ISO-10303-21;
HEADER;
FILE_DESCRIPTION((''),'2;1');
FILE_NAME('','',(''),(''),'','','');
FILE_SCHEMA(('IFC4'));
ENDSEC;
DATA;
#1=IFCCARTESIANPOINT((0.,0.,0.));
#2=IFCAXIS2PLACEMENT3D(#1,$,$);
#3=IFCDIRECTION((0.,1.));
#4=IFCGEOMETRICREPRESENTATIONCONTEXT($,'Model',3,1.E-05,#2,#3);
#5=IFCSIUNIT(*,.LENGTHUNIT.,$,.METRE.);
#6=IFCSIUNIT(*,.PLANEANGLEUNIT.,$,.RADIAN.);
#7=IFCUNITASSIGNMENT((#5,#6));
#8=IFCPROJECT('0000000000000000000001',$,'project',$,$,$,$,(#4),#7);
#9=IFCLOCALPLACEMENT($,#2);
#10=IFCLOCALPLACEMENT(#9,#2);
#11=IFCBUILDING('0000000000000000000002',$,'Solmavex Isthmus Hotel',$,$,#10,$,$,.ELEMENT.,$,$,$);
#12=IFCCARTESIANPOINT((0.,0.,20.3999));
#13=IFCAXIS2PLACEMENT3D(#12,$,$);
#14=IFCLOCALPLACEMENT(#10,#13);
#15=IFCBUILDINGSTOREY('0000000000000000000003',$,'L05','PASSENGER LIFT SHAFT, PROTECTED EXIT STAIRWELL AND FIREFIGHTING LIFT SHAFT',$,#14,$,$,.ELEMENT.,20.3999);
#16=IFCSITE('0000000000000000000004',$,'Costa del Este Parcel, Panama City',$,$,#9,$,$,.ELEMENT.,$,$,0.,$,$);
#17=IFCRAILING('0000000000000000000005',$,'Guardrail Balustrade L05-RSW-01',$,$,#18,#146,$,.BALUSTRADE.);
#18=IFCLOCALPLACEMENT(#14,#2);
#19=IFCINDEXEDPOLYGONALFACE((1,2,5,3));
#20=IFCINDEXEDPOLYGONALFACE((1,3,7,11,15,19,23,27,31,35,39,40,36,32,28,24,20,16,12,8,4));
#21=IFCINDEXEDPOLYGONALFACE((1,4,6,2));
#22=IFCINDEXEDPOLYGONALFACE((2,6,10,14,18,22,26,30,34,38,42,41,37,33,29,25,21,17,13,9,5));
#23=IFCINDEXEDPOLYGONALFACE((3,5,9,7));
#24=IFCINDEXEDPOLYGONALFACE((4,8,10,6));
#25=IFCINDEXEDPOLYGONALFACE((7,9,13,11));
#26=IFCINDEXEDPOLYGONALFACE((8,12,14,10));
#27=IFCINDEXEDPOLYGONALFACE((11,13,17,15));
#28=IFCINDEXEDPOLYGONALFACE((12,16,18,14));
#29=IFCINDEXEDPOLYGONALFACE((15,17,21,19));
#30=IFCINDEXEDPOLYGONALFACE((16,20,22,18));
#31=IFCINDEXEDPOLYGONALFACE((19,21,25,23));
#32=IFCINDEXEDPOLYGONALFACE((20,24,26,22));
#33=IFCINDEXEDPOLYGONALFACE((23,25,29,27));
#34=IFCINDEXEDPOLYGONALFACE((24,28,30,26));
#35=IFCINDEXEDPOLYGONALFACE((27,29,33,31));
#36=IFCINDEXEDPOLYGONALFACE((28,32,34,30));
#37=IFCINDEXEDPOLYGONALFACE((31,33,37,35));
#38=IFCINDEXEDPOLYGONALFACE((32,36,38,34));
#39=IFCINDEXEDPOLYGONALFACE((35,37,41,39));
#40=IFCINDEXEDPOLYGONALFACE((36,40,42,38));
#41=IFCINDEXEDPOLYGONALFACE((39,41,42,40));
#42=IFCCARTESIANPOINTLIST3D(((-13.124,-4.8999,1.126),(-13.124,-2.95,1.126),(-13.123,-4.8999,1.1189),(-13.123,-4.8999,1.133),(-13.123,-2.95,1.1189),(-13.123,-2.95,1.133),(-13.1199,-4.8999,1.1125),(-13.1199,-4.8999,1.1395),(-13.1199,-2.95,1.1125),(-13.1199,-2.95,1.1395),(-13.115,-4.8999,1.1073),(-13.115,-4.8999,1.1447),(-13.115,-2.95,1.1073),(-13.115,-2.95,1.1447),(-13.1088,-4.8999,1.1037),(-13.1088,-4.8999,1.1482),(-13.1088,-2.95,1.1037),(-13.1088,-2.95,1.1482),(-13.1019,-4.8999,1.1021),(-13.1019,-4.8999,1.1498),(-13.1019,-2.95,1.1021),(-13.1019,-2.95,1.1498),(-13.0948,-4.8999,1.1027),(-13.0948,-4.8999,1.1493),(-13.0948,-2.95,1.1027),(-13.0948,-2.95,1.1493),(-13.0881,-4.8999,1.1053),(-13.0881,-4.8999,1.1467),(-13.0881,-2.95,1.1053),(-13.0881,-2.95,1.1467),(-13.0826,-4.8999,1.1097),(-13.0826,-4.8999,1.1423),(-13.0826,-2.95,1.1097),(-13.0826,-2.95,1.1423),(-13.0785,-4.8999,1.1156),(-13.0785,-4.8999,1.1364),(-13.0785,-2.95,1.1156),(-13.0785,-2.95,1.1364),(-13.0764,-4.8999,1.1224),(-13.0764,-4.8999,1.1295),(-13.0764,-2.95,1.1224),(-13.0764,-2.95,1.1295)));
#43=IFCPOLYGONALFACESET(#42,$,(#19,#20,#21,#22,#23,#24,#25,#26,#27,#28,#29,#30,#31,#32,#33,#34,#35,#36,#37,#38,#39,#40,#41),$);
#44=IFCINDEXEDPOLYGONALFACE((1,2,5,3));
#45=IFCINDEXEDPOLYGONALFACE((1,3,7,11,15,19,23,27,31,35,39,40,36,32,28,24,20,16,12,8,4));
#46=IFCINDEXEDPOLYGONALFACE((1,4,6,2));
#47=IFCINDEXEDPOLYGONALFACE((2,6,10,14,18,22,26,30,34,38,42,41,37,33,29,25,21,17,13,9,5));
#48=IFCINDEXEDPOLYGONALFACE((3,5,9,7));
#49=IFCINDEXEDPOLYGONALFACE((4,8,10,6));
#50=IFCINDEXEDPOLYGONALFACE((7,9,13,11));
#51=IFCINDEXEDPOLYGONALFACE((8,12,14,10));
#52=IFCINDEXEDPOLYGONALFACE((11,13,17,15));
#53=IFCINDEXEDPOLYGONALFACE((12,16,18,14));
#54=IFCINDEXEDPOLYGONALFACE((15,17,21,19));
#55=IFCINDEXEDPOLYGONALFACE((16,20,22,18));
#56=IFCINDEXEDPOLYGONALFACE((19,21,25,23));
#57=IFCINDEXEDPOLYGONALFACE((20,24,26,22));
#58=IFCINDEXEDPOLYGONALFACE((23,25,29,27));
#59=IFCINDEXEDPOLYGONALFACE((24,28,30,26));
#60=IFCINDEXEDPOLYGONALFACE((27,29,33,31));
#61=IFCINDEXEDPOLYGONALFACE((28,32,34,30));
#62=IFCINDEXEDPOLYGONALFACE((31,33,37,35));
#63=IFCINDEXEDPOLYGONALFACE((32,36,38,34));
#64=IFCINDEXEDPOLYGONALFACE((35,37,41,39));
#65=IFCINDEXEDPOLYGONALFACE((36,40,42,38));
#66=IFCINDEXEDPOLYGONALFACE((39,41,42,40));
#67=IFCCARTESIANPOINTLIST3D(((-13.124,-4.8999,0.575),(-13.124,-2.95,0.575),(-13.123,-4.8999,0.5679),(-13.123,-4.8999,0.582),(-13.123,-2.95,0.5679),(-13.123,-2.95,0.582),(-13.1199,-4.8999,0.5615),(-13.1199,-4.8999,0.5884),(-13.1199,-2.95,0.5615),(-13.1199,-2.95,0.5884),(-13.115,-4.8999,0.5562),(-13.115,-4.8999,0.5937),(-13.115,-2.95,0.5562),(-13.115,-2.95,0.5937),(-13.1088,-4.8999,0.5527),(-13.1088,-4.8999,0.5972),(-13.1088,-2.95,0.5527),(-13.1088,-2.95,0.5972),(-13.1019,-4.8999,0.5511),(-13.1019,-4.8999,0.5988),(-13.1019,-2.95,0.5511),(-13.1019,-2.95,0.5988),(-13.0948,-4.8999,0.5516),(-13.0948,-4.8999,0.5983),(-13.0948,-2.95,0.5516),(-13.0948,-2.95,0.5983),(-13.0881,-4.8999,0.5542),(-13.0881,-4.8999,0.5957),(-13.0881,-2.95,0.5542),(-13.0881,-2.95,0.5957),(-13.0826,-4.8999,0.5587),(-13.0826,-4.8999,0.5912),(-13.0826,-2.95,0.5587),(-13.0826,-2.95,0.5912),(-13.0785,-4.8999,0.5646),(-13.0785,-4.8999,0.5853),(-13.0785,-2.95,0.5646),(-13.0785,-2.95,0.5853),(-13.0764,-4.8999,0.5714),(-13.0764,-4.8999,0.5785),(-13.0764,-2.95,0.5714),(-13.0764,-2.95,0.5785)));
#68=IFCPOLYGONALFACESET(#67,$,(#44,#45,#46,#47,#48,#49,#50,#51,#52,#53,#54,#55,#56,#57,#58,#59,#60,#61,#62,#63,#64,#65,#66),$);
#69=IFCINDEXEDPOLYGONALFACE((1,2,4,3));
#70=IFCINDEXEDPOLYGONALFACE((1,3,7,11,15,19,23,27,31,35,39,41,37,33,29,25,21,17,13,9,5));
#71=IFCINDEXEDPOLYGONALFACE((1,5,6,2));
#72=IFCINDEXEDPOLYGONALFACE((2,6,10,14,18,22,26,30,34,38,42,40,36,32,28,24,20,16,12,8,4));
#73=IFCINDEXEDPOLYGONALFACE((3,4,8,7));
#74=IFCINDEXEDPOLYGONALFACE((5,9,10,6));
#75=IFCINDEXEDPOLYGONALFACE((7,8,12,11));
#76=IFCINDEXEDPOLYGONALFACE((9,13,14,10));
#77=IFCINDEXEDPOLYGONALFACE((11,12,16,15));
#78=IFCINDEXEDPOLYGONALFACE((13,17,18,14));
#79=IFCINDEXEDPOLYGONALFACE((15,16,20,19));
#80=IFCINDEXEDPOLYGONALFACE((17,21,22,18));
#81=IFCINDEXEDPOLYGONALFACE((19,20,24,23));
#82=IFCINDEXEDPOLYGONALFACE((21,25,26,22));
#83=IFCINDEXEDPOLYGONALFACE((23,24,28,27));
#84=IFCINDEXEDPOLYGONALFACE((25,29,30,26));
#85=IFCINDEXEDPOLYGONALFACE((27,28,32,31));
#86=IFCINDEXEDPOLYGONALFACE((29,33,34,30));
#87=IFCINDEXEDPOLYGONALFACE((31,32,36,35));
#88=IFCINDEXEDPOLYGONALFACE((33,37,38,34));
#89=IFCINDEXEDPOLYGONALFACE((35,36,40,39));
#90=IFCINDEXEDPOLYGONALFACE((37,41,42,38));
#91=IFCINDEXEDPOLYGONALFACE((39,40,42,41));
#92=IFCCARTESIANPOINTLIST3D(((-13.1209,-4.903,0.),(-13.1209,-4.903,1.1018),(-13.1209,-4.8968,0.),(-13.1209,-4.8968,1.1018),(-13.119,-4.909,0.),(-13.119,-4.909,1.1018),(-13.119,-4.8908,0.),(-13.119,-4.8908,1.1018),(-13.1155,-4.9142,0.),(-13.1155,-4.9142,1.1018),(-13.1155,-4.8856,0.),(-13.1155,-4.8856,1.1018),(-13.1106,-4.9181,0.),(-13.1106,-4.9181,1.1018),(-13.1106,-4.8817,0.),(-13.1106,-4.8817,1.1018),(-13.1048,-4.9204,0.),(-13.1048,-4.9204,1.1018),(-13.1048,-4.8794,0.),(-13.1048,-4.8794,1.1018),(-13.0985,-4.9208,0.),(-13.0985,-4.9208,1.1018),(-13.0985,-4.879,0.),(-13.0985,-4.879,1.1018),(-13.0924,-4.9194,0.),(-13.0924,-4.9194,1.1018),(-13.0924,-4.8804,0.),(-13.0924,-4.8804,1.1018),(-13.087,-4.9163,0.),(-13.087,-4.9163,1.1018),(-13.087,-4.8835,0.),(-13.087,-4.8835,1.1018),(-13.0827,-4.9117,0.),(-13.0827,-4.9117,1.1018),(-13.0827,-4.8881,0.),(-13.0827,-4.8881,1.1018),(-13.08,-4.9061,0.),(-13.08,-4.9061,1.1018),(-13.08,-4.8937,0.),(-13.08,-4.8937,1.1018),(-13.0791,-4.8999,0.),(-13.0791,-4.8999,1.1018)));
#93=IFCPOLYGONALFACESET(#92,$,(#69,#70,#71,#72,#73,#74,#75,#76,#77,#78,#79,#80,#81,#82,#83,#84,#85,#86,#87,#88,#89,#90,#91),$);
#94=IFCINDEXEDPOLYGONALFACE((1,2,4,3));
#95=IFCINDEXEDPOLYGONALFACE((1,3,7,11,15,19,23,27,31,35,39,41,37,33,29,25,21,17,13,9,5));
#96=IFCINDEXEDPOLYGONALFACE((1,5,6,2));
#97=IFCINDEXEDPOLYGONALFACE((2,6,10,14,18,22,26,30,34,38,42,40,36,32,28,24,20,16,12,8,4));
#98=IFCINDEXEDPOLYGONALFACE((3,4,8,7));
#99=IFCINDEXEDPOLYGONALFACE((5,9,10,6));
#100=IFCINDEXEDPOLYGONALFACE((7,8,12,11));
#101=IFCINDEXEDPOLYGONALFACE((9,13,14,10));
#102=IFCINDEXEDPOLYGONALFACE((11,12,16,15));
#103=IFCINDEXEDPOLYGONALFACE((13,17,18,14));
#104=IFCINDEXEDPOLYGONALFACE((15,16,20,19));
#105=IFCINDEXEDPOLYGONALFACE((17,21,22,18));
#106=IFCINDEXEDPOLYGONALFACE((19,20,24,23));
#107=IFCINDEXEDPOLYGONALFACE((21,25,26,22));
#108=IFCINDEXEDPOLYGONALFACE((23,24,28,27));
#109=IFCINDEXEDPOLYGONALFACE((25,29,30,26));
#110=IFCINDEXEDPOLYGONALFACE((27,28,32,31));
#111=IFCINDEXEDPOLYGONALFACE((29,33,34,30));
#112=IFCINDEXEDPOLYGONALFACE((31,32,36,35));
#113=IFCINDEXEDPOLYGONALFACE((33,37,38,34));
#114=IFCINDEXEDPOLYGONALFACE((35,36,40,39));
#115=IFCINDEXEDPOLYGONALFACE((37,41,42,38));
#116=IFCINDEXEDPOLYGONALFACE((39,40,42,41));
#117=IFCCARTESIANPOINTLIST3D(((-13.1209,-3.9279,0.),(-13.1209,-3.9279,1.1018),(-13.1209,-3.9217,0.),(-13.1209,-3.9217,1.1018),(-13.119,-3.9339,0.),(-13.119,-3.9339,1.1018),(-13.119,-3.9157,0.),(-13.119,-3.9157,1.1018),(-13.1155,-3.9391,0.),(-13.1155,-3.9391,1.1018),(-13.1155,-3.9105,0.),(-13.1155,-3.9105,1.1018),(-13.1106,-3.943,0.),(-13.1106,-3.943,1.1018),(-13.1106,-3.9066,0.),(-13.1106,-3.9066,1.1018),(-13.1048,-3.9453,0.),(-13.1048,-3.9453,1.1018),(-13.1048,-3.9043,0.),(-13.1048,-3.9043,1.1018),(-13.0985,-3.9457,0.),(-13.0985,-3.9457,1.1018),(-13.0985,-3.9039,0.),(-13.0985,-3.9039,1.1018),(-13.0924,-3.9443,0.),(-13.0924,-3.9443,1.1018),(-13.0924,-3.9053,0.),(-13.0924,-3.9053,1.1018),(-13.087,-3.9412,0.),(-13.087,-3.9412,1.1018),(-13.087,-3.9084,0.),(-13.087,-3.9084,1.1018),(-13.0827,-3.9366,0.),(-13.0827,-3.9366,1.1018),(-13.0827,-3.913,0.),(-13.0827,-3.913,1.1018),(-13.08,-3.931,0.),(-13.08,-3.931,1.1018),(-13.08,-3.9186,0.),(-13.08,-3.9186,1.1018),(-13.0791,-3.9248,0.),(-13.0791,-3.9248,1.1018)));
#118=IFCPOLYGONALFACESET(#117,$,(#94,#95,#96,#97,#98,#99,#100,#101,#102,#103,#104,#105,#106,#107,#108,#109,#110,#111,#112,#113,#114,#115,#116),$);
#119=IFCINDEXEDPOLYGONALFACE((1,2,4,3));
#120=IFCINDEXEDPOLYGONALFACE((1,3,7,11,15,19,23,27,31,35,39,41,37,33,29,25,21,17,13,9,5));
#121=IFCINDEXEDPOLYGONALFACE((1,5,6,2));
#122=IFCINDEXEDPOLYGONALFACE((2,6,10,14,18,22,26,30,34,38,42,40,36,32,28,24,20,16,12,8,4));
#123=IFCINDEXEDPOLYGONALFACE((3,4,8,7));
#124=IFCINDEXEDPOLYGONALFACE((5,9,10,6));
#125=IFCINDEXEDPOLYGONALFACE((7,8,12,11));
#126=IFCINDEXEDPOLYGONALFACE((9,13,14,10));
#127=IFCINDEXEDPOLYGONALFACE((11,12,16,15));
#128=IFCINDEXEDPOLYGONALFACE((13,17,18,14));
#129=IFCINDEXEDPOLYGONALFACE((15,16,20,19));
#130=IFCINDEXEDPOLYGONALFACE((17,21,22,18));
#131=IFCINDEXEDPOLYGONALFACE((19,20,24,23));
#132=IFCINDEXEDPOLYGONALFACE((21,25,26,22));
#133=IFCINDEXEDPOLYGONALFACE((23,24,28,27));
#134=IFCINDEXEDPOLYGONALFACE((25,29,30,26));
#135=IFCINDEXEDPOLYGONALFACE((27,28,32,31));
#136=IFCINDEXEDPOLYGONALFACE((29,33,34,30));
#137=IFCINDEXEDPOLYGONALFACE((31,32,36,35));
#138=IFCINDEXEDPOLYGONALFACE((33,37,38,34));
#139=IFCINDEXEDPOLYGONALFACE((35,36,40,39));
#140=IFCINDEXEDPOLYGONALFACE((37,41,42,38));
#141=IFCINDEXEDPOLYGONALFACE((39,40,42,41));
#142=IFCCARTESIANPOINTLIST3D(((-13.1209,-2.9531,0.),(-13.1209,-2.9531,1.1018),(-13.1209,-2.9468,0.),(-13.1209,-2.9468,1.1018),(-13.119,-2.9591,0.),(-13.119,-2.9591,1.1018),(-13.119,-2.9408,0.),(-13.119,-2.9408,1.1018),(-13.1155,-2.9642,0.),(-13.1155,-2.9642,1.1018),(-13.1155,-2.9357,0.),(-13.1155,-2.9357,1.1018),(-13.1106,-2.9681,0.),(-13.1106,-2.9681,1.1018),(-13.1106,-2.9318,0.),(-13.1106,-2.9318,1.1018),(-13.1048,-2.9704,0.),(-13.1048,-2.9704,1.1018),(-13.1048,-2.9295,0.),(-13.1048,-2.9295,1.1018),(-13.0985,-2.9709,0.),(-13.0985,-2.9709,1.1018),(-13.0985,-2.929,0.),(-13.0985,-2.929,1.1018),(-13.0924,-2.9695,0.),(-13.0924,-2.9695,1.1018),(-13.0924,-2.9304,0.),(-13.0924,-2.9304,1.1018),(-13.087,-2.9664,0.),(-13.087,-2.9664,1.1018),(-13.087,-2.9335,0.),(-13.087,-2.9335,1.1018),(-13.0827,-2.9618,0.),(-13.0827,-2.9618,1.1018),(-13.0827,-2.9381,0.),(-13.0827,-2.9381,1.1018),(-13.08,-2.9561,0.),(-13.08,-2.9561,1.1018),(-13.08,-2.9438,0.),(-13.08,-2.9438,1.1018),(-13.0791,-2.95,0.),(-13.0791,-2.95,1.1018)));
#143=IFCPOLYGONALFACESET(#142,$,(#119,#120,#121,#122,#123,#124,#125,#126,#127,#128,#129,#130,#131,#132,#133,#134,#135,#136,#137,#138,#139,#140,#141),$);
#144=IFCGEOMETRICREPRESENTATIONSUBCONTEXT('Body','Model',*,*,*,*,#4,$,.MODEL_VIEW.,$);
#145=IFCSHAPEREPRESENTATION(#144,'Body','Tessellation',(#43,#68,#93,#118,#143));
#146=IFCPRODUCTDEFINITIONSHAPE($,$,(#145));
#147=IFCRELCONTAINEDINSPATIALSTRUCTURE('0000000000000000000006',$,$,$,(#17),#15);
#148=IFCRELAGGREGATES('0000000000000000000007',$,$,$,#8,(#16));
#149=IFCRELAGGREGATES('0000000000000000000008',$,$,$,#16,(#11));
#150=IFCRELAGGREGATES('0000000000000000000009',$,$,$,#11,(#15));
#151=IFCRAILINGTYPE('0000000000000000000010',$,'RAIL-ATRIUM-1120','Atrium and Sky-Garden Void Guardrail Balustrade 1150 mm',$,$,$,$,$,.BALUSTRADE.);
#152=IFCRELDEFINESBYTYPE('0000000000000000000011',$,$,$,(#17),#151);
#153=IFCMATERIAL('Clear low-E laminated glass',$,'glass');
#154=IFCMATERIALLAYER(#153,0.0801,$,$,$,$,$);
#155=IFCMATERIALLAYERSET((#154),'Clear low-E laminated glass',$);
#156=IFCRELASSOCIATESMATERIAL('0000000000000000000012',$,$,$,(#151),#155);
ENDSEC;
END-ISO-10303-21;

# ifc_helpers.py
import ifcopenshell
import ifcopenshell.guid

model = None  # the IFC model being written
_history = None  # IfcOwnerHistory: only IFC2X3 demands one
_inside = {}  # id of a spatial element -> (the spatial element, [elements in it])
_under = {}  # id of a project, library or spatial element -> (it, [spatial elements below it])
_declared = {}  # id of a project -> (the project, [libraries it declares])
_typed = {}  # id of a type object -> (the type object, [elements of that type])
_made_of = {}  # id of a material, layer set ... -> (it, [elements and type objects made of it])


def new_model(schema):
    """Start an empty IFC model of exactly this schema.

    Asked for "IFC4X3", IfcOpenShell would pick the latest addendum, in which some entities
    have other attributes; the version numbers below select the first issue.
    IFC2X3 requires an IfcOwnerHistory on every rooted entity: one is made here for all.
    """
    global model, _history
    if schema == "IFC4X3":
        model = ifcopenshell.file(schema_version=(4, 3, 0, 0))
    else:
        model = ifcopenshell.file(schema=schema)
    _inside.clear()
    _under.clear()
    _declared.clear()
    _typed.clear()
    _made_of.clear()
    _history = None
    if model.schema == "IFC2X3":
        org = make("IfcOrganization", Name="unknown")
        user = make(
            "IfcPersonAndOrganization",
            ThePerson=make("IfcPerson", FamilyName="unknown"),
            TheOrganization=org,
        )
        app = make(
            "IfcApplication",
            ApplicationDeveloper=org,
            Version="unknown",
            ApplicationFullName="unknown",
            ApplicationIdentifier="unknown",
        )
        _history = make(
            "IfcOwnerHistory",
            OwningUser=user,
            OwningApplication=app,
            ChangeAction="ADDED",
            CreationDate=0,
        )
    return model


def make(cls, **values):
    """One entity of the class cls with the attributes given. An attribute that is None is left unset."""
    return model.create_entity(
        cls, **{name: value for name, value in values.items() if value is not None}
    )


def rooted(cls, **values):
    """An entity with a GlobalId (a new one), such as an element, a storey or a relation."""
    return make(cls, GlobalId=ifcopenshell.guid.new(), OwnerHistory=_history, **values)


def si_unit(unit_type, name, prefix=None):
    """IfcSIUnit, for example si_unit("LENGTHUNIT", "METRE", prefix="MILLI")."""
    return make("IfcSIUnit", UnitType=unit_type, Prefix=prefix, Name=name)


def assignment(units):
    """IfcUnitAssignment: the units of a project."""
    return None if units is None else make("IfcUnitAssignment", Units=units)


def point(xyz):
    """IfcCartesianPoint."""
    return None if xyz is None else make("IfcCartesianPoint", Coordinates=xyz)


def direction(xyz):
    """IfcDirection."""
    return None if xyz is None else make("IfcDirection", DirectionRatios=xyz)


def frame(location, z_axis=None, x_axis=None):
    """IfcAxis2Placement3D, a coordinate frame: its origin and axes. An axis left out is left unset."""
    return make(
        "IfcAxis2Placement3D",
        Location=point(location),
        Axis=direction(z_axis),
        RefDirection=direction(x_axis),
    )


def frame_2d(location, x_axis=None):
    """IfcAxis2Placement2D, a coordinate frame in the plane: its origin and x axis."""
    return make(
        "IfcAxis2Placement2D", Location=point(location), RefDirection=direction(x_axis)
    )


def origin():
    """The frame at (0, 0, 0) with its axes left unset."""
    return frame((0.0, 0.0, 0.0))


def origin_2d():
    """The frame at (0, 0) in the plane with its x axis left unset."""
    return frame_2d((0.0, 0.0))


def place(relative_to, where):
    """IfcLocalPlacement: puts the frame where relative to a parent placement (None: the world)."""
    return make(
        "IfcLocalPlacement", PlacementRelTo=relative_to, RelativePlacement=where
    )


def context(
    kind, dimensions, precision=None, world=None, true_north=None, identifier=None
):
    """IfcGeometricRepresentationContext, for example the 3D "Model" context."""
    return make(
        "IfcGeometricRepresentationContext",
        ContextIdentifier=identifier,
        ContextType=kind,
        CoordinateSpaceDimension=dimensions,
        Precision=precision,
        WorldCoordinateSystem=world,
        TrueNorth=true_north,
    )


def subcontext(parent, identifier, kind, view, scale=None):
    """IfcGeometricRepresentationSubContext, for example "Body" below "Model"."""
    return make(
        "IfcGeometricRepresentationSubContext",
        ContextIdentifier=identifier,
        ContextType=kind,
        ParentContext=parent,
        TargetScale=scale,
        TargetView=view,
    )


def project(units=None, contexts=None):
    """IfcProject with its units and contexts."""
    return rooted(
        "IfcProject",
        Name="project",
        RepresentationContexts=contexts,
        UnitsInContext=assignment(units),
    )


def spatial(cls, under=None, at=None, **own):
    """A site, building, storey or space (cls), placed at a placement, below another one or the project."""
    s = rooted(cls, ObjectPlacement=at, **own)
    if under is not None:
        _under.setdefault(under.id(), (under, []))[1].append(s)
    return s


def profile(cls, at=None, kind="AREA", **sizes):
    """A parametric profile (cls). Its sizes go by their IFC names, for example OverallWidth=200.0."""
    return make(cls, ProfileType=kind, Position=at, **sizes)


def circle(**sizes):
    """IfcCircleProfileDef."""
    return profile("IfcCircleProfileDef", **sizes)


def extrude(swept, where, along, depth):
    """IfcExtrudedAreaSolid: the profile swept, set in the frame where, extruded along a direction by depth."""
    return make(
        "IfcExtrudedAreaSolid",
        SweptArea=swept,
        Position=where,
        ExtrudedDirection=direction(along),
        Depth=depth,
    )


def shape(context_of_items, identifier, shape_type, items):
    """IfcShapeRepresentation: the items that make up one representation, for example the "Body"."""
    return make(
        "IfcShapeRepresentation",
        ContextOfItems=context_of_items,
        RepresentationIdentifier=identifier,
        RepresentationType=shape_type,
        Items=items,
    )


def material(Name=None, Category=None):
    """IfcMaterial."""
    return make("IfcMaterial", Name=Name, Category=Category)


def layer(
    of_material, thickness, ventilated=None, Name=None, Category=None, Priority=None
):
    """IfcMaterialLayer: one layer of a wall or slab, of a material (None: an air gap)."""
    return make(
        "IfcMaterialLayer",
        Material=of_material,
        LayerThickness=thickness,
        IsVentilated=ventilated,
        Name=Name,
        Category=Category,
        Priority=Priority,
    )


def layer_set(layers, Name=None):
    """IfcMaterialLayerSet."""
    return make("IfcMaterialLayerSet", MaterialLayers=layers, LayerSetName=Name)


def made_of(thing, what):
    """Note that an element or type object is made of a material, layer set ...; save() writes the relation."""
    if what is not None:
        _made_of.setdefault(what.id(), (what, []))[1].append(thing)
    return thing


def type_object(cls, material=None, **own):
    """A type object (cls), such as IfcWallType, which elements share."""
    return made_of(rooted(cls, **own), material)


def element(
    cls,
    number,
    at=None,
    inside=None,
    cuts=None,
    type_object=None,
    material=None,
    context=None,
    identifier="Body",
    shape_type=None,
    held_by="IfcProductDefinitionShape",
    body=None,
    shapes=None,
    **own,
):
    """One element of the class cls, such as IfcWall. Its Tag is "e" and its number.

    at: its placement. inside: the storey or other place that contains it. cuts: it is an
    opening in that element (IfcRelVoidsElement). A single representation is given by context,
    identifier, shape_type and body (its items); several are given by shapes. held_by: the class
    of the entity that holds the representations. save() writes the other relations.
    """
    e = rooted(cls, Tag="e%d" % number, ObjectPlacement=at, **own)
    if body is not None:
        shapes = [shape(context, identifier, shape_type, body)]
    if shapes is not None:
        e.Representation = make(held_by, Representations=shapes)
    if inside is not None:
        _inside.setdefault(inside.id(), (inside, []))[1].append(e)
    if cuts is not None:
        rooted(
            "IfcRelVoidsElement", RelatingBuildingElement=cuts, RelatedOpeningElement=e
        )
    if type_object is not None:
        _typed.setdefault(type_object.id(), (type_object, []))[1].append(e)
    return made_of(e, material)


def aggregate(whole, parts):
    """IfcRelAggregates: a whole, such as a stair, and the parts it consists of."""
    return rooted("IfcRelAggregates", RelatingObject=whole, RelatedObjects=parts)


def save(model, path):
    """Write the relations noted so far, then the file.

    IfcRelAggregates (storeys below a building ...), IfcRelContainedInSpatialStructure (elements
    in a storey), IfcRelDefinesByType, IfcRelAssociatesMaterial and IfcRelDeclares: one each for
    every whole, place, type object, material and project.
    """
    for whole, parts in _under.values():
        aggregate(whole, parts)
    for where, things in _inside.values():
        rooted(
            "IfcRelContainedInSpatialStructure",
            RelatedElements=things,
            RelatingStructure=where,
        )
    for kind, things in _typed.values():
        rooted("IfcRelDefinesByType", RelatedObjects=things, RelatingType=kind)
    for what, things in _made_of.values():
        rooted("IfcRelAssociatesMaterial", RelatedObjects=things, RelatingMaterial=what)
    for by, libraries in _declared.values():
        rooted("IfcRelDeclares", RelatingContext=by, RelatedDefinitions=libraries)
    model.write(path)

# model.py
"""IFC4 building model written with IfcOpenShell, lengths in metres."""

from ifc_helpers import new_model, si_unit, direction, frame, origin, origin_2d, place, context, subcontext, project, spatial, circle, extrude, material, layer, layer_set, type_object, element, save


model = new_model("IFC4")

# Units and contexts
model_context = context("Model", 3, precision=1e-05, world=origin(), true_north=direction((0.0, 1.0)))
body_context = subcontext(model_context, "Body", "Model", "MODEL_VIEW")
ifc_project = project(units=[si_unit("LENGTHUNIT", "METRE"), si_unit("PLANEANGLEUNIT", "RADIAN")], contexts=[model_context])

# Site, building, storey
site_placement = place(None, origin())
site = spatial("IfcSite", under=ifc_project, at=site_placement, Name="Costa del Este Parcel, Panama City", CompositionType="ELEMENT", RefElevation=0.0)
building_placement = place(site_placement, origin())
building = spatial("IfcBuilding", under=site, at=building_placement, Name="Solmavex Isthmus Hotel", CompositionType="ELEMENT")
storey_placement = place(building_placement, frame((0.0, 0.0, 20.3999)))
storey = spatial("IfcBuildingStorey", under=building, at=storey_placement, Name="L05", Description="PASSENGER LIFT SHAFT, PROTECTED EXIT STAIRWELL AND FIREFIGHTING LIFT SHAFT", CompositionType="ELEMENT", Elevation=20.3999)

# Railing
ifc_material_1 = material(Name="Clear low-E laminated glass", Category="glass")
ifc_layer_1 = layer(ifc_material_1, 0.0801)
ifc_layer_set_1 = layer_set([ifc_layer_1], Name="Clear low-E laminated glass")
railing_type_1 = type_object("IfcRailingType", Name="RAIL-ATRIUM-1120", Description="Atrium and Sky-Garden Void Guardrail Balustrade 1150 mm", PredefinedType="BALUSTRADE", material=ifc_layer_set_1)
railing_1_placement = place(storey_placement, frame((-13.1001, -4.8999, 0.0)))
element("IfcRailing", 1, at=railing_1_placement, inside=storey, type_object=railing_type_1, Name="Guardrail Balustrade L05-RSW-01", PredefinedType="BALUSTRADE", context=body_context, shape_type="SweptSolid", body=[
    extrude(circle(Radius=0.0239, at=origin_2d()), frame((0.0, 0.0, 1.126), z_axis=(0.0, 1.0, 0.0), x_axis=(-1.0, 0.0, 0.0)), (0.0, 0.0, 1.0), 1.95),
    extrude(circle(Radius=0.0239, at=origin_2d()), frame((0.0, 0.0, 0.575), z_axis=(0.0, 1.0, 0.0), x_axis=(-1.0, 0.0, 0.0)), (0.0, 0.0, 1.0), 1.95),
    extrude(circle(Radius=0.021, at=origin_2d()), origin(), (0.0, 0.0, 1.0), 1.1018),
    extrude(circle(Radius=0.021, at=origin_2d()), frame((0.0, 0.9751, 0.0)), (0.0, 0.0, 1.0), 1.1018),
    extrude(circle(Radius=0.021, at=origin_2d()), frame((0.0, 1.95, 0.0)), (0.0, 0.0, 1.0), 1.1018),
])

save(model, "model.ifc")
